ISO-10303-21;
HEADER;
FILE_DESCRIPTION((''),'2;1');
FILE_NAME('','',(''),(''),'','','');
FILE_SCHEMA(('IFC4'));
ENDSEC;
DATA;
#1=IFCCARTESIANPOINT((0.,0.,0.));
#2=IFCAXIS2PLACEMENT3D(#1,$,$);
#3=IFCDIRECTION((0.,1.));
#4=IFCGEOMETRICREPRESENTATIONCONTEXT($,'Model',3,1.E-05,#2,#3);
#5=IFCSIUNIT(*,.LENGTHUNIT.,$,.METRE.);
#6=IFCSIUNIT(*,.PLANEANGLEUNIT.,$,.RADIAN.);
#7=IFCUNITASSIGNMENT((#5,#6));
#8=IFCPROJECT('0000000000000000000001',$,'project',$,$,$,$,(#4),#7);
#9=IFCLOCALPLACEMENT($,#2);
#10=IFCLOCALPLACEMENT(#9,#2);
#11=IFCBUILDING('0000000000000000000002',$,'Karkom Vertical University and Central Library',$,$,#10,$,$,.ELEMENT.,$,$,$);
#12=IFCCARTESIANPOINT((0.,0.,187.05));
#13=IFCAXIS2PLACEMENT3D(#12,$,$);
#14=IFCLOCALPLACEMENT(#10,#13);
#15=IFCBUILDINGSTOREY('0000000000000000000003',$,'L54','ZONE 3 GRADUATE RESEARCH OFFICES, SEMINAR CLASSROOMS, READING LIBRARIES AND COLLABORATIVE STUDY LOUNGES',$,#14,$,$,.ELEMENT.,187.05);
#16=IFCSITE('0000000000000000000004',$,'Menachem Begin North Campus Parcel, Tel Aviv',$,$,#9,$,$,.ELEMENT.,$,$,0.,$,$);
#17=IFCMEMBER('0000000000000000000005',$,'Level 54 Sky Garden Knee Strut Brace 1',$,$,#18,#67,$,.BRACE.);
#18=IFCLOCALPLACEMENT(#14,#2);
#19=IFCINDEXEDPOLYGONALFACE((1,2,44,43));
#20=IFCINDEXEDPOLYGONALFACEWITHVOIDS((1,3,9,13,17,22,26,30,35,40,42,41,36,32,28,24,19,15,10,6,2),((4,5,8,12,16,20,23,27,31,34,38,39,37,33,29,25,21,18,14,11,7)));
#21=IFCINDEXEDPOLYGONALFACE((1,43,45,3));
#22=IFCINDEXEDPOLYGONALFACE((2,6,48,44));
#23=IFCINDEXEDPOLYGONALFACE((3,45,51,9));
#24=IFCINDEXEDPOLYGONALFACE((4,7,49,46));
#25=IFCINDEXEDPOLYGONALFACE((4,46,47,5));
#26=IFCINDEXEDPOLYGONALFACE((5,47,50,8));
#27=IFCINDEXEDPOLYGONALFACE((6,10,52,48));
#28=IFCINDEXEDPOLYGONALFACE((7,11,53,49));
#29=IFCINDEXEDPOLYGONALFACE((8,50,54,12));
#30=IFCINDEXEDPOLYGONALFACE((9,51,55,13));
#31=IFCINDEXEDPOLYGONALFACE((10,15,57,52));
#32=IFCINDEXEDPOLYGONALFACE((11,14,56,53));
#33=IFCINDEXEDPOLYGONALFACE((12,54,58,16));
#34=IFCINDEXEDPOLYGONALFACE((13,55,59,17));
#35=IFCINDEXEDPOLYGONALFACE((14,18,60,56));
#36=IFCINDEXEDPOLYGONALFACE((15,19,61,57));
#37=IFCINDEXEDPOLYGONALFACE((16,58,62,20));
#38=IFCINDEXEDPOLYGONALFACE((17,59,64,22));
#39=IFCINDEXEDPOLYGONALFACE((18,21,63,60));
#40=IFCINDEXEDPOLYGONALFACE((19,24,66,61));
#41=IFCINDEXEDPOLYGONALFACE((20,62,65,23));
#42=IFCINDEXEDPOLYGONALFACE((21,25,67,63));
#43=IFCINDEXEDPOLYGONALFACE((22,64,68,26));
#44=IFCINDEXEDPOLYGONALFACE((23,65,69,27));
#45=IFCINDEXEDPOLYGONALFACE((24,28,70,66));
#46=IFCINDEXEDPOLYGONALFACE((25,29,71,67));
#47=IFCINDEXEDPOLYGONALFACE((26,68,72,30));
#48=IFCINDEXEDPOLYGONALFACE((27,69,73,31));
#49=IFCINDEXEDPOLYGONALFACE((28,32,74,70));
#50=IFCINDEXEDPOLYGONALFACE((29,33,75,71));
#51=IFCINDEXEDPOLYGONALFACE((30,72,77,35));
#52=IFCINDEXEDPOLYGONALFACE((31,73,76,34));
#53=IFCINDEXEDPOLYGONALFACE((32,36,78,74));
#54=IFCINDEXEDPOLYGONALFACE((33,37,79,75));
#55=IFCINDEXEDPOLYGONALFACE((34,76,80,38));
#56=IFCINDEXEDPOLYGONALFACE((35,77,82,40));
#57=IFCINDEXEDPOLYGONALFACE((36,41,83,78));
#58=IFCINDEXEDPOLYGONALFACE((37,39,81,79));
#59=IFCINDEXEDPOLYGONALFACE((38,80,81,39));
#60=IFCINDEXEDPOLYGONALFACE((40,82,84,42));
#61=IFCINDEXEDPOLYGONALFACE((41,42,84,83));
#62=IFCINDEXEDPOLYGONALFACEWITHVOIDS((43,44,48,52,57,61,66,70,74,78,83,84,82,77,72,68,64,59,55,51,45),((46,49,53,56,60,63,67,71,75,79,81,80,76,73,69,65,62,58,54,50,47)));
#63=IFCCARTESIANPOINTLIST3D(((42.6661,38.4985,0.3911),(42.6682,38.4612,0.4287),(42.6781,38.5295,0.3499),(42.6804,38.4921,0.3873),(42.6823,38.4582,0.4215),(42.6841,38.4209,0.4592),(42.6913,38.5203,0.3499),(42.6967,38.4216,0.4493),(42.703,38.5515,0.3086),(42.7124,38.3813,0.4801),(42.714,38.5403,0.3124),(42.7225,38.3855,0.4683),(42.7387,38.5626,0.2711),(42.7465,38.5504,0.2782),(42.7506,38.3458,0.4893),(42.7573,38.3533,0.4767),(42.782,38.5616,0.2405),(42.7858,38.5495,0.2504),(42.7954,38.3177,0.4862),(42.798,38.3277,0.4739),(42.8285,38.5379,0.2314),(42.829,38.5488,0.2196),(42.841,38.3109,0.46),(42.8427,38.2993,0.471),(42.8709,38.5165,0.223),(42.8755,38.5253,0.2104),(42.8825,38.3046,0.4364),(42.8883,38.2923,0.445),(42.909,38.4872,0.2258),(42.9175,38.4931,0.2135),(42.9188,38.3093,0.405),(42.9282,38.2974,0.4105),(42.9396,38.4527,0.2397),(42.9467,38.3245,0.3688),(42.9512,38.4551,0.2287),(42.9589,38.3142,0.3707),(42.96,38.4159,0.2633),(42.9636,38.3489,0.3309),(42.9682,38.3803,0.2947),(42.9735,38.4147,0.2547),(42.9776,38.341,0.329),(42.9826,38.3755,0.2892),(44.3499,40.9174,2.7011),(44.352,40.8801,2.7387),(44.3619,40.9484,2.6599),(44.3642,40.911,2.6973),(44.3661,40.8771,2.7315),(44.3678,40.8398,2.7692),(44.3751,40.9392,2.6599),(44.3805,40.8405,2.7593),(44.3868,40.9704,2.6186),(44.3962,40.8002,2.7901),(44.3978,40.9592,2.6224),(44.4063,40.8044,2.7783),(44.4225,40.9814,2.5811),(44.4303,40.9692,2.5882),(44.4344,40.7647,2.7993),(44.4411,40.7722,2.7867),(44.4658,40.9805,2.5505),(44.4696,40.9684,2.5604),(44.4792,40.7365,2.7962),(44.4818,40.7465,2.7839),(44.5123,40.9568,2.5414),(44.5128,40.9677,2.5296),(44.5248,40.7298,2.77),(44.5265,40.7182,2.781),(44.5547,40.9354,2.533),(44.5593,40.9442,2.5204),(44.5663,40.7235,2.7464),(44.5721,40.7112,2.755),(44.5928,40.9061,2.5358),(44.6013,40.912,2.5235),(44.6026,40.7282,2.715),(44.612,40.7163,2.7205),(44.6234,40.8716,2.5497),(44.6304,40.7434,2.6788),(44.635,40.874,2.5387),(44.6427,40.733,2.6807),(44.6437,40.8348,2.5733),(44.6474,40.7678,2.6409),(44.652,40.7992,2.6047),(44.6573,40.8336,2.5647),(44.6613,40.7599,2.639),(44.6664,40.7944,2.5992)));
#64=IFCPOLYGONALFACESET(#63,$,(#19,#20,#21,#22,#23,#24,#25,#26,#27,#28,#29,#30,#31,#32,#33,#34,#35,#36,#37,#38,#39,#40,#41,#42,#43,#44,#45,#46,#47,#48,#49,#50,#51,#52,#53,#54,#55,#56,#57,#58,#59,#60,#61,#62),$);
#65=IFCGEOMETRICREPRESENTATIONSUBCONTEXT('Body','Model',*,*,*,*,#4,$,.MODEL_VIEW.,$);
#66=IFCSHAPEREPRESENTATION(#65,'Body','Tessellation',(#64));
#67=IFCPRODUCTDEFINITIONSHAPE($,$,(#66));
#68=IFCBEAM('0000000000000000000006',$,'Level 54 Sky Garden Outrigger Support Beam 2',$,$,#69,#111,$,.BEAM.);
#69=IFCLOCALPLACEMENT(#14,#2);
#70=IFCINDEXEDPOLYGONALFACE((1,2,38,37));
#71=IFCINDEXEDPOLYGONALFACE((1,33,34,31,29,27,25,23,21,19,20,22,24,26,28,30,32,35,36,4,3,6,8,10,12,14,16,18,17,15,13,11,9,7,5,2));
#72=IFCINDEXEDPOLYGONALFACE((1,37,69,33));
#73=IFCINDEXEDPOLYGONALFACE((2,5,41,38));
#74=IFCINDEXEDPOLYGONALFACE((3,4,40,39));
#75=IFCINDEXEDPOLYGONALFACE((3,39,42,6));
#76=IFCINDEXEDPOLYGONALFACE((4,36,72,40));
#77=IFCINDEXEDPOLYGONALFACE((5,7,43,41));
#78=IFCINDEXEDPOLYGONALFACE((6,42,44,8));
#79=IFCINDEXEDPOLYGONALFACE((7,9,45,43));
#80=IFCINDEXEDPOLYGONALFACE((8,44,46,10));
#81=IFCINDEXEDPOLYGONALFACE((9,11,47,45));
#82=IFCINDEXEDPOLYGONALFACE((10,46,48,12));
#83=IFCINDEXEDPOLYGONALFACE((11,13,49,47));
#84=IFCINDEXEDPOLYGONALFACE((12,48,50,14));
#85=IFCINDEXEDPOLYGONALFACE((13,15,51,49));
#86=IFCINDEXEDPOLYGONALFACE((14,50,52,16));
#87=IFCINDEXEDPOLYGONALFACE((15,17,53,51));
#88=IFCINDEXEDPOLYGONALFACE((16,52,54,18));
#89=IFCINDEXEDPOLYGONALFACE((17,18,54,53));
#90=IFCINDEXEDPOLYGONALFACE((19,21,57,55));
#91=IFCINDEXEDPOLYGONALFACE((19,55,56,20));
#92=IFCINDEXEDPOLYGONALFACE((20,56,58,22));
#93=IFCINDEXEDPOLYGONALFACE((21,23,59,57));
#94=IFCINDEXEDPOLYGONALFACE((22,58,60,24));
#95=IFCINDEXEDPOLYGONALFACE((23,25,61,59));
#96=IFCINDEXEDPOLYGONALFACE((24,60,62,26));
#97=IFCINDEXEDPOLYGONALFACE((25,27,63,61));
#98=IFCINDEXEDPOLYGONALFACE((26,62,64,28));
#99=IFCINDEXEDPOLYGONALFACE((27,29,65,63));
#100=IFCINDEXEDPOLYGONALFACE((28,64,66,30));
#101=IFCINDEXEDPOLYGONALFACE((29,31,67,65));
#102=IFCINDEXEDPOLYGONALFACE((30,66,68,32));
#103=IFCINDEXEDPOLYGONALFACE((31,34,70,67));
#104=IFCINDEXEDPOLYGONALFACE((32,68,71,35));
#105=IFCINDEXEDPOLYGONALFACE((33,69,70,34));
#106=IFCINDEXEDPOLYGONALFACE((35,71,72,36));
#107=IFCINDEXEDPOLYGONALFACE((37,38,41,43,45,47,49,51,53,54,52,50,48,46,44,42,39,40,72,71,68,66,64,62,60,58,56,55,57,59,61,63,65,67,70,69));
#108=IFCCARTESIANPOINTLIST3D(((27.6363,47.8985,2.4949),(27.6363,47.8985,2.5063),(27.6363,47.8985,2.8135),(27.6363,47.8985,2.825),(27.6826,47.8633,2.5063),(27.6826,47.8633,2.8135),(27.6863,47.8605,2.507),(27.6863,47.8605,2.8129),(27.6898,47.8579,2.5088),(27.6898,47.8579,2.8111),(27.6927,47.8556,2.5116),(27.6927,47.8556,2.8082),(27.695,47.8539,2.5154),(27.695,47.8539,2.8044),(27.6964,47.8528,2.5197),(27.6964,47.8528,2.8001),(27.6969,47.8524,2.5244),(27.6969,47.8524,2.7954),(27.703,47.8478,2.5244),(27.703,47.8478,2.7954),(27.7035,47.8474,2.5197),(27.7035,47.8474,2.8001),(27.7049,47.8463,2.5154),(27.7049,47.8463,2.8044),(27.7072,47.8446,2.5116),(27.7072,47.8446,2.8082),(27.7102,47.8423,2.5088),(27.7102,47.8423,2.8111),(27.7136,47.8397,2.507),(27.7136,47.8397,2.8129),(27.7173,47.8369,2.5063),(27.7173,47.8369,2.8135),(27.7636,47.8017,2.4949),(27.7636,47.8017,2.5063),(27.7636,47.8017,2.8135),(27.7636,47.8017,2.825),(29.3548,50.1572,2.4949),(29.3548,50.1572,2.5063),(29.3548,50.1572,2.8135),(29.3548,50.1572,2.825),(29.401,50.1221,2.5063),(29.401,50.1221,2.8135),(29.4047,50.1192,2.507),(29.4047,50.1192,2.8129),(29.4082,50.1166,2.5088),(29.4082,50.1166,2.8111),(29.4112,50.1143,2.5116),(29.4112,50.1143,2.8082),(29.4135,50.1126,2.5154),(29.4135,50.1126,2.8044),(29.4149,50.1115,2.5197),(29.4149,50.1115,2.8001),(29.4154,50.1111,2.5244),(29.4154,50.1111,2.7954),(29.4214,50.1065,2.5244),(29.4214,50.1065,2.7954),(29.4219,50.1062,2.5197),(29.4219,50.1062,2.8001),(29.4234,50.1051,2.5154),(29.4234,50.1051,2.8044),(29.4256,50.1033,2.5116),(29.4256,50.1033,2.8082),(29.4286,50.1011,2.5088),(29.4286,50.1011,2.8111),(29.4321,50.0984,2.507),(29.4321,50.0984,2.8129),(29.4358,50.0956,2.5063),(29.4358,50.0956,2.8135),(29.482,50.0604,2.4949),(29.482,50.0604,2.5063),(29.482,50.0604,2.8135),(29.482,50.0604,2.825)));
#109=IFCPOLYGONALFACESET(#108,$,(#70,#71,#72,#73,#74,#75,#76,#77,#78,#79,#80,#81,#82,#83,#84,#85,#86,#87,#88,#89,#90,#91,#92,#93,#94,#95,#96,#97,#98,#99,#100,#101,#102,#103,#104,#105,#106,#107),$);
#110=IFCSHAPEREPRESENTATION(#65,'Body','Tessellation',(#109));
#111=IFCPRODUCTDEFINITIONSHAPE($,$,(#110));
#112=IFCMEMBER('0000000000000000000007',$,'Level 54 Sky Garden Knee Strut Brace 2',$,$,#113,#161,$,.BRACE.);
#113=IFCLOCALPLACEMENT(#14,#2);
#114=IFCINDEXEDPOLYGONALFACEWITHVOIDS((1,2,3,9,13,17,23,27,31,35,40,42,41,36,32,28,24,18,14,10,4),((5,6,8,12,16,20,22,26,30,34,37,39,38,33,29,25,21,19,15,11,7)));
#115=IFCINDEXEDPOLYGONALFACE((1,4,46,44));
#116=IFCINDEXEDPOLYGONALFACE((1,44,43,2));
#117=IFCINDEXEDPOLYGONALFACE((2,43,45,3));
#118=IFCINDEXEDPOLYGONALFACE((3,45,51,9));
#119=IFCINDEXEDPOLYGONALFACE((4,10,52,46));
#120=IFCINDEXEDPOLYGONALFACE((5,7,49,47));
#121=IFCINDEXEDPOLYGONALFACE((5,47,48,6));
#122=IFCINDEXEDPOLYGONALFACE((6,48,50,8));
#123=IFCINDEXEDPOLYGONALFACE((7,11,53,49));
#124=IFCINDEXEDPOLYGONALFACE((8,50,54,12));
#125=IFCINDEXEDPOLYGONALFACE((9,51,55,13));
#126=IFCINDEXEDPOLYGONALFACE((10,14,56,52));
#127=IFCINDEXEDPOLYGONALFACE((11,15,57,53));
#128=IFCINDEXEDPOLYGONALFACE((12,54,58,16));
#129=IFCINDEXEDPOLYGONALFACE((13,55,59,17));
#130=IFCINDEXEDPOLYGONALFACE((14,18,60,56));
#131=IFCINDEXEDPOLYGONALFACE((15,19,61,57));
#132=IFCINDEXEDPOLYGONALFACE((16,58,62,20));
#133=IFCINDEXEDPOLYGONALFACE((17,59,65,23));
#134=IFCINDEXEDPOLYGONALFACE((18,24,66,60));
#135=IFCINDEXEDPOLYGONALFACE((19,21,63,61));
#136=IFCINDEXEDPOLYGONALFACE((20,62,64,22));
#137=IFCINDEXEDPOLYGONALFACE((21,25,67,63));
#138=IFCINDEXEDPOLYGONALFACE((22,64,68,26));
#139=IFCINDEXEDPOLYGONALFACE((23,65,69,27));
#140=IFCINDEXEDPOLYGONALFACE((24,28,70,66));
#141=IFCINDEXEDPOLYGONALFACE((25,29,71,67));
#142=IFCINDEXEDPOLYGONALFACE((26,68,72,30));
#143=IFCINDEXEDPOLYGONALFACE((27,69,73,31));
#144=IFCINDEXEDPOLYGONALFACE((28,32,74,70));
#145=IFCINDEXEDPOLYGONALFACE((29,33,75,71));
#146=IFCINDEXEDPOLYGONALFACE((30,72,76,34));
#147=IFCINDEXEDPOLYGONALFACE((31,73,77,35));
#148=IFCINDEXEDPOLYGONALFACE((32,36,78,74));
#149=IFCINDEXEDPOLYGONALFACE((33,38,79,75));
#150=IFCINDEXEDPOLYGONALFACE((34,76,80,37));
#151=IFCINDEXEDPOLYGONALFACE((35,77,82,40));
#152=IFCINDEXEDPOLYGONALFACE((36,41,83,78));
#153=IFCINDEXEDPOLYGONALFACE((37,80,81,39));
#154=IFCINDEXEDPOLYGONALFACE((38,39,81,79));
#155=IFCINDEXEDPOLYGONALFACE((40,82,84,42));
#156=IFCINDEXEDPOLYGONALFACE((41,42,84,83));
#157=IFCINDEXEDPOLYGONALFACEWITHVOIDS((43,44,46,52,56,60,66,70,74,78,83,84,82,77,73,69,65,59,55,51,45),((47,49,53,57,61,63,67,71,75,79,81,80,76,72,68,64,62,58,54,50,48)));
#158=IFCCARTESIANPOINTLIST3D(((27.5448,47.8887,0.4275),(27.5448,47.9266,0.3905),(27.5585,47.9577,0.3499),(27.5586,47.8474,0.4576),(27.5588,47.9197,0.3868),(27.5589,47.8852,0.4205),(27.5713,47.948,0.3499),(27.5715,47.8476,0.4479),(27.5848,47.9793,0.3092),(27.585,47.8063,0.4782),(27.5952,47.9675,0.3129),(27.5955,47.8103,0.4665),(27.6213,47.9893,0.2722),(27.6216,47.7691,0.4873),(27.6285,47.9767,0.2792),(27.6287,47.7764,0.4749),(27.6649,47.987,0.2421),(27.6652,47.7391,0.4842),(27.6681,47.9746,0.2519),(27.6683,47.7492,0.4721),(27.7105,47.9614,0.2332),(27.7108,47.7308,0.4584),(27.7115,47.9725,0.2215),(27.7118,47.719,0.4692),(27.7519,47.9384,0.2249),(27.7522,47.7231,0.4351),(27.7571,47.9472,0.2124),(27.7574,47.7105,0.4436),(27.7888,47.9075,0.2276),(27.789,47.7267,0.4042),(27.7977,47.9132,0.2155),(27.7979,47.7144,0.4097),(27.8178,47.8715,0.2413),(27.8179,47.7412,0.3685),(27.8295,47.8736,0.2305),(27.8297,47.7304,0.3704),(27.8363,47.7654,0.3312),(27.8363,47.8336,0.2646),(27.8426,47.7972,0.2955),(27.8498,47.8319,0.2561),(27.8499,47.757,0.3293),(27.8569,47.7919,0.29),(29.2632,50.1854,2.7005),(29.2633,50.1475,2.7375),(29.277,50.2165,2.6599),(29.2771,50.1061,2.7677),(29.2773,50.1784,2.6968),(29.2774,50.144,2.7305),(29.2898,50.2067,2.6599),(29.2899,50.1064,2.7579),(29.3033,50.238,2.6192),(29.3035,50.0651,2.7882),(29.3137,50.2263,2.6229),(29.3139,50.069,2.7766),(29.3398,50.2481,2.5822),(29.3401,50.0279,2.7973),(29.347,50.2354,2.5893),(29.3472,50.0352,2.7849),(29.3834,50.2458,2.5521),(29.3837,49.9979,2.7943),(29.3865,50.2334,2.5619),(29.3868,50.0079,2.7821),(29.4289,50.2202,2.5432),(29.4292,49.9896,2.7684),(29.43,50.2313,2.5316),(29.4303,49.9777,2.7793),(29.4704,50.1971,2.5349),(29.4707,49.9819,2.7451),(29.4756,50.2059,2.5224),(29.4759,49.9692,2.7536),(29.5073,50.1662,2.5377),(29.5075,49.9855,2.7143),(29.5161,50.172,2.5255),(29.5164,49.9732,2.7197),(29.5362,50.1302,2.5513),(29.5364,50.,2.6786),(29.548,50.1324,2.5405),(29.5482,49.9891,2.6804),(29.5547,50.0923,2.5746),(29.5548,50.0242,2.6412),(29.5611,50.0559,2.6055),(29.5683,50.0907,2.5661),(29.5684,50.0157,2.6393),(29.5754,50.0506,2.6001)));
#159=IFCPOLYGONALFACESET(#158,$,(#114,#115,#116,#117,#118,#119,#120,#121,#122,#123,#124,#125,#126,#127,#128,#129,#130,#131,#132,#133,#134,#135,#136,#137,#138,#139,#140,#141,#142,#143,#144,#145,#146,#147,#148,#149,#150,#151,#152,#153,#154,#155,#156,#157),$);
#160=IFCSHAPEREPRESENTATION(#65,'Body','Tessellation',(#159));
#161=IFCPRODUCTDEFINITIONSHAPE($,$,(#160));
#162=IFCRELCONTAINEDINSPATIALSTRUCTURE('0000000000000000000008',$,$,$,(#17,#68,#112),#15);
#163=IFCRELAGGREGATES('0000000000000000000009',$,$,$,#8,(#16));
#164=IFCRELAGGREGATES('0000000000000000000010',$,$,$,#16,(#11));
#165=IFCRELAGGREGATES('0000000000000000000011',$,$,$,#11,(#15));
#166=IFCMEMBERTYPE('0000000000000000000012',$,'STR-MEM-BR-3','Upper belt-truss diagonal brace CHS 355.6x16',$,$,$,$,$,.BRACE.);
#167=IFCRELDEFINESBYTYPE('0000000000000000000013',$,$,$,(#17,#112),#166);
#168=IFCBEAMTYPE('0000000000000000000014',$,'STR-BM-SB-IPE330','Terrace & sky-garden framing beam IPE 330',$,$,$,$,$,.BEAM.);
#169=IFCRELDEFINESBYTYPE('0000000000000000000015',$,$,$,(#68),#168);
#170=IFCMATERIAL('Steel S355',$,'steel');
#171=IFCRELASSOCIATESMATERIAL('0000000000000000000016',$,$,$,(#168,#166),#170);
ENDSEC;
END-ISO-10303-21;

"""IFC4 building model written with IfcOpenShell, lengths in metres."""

from ifc_helpers import new_model, si_unit, direction, frame, origin, origin_with_axes, origin_2d, place, context, subcontext, project, spatial, hollow_circle, i_section, extrude, source, transform, mapped, material, material_profile, profile_set, type_object, element, save


model = new_model("IFC4")

# Units and contexts
model_context = context("Model", 3, precision=1e-05, world=origin(), true_north=direction((0.0, 1.0)))
body_context = subcontext(model_context, "Body", "Model", "MODEL_VIEW")
ifc_project = project(units=[si_unit("LENGTHUNIT", "METRE"), si_unit("PLANEANGLEUNIT", "RADIAN")], contexts=[model_context])

# Site, building, storey
site_placement = place(None, origin())
site = spatial("IfcSite", under=ifc_project, at=site_placement, Name="Menachem Begin North Campus Parcel, Tel Aviv", CompositionType="ELEMENT", RefElevation=0.0)
building_placement = place(site_placement, origin())
building = spatial("IfcBuilding", under=site, at=building_placement, Name="Karkom Vertical University and Central Library", CompositionType="ELEMENT")
storey_placement = place(building_placement, frame((0.0, 0.0, 187.05)))
storey = spatial("IfcBuildingStorey", under=building, at=storey_placement, Name="L54", Description="ZONE 3 GRADUATE RESEARCH OFFICES, SEMINAR CLASSROOMS, READING LIBRARIES AND COLLABORATIVE STUDY LOUNGES", CompositionType="ELEMENT", Elevation=187.05)

# Shared definitions
ifc_material_1 = material(Name="Steel S355", Category="steel")
ifc_material_profile_1 = material_profile(ifc_material_1, i_section(OverallWidth=0.1599, OverallDepth=0.3301, WebThickness=0.0076, FlangeThickness=0.0115, FilletRadius=0.0181, at=origin_2d()), Name="IPE 330")
ifc_profile_set_1 = profile_set([ifc_material_profile_1], Name="Steel S355")
beam_type_1 = type_object("IfcBeamType", Name="STR-BM-SB-IPE330", Description="Terrace & sky-garden framing beam IPE 330", PredefinedType="BEAM", material=ifc_profile_set_1)

# Member
ifc_material_profile_2 = material_profile(ifc_material_1, hollow_circle(Radius=0.1777, WallThickness=0.0161, at=origin_2d()), Name="CHS 355.6x16")
ifc_profile_set_2 = profile_set([ifc_material_profile_2], Name="Steel S355")
member_type = type_object("IfcMemberType", Name="STR-MEM-BR-3", Description="Upper belt-truss diagonal brace CHS 355.6x16", PredefinedType="BRACE", material=ifc_profile_set_2)
shared_shape_1 = source(origin_with_axes(), body_context, "Body", "SweptSolid", [
    extrude(hollow_circle(Radius=0.1777, WallThickness=0.0161, at=origin_2d()), origin(), (0.0, 0.0, 1.0), 3.7446),
])
member_1_placement = place(storey_placement, frame((42.824, 38.428, 0.3499), z_axis=(0.449656, 0.64596, 0.616883), x_axis=(-0.820731, 0.571314, 0.0)))
element("IfcMember", 1, at=member_1_placement, inside=storey, type_object=member_type, Name="Level 54 Sky Garden Knee Strut Brace 1", PredefinedType="BRACE", context=body_context, shape_type="MappedRepresentation", body=[
    mapped(shared_shape_1, transform((0.0, 0.0, 0.0), scale=1.0)),
])

# Beam
shared_shape_2 = source(origin_with_axes(), body_context, "Body", "SweptSolid", [
    extrude(i_section(OverallWidth=0.1599, OverallDepth=0.3301, WebThickness=0.0076, FlangeThickness=0.0115, FilletRadius=0.0181, at=origin_2d()), origin(), (0.0, 0.0, 1.0), 2.8381),
])
beam_1_placement = place(storey_placement, frame((27.7, 47.8501, 2.6599), z_axis=(0.605491, 0.795852, 0.0), x_axis=(-0.795852, 0.605491, 0.0)))
element("IfcBeam", 2, at=beam_1_placement, inside=storey, type_object=beam_type_1, Name="Level 54 Sky Garden Outrigger Support Beam 2", PredefinedType="BEAM", context=body_context, shape_type="MappedRepresentation", body=[
    mapped(shared_shape_2, transform((0.0, 0.0, 0.0), scale=1.0)),
])

# Member
shared_shape_3 = source(origin_with_axes(), body_context, "Body", "SweptSolid", [
    extrude(hollow_circle(Radius=0.1777, WallThickness=0.0161, at=origin_2d()), origin(), (0.0, 0.0, 1.0), 3.6594),
])
member_2_placement = place(storey_placement, frame((27.7, 47.8501, 0.3499), z_axis=(0.469604, 0.617244, 0.631254), x_axis=(-0.795852, 0.605491, 0.0)))
element("IfcMember", 3, at=member_2_placement, inside=storey, type_object=member_type, Name="Level 54 Sky Garden Knee Strut Brace 2", PredefinedType="BRACE", context=body_context, shape_type="MappedRepresentation", body=[
    mapped(shared_shape_3, transform((0.0, 0.0, 0.0), scale=1.0)),
])

save(model, "model.ifc")
